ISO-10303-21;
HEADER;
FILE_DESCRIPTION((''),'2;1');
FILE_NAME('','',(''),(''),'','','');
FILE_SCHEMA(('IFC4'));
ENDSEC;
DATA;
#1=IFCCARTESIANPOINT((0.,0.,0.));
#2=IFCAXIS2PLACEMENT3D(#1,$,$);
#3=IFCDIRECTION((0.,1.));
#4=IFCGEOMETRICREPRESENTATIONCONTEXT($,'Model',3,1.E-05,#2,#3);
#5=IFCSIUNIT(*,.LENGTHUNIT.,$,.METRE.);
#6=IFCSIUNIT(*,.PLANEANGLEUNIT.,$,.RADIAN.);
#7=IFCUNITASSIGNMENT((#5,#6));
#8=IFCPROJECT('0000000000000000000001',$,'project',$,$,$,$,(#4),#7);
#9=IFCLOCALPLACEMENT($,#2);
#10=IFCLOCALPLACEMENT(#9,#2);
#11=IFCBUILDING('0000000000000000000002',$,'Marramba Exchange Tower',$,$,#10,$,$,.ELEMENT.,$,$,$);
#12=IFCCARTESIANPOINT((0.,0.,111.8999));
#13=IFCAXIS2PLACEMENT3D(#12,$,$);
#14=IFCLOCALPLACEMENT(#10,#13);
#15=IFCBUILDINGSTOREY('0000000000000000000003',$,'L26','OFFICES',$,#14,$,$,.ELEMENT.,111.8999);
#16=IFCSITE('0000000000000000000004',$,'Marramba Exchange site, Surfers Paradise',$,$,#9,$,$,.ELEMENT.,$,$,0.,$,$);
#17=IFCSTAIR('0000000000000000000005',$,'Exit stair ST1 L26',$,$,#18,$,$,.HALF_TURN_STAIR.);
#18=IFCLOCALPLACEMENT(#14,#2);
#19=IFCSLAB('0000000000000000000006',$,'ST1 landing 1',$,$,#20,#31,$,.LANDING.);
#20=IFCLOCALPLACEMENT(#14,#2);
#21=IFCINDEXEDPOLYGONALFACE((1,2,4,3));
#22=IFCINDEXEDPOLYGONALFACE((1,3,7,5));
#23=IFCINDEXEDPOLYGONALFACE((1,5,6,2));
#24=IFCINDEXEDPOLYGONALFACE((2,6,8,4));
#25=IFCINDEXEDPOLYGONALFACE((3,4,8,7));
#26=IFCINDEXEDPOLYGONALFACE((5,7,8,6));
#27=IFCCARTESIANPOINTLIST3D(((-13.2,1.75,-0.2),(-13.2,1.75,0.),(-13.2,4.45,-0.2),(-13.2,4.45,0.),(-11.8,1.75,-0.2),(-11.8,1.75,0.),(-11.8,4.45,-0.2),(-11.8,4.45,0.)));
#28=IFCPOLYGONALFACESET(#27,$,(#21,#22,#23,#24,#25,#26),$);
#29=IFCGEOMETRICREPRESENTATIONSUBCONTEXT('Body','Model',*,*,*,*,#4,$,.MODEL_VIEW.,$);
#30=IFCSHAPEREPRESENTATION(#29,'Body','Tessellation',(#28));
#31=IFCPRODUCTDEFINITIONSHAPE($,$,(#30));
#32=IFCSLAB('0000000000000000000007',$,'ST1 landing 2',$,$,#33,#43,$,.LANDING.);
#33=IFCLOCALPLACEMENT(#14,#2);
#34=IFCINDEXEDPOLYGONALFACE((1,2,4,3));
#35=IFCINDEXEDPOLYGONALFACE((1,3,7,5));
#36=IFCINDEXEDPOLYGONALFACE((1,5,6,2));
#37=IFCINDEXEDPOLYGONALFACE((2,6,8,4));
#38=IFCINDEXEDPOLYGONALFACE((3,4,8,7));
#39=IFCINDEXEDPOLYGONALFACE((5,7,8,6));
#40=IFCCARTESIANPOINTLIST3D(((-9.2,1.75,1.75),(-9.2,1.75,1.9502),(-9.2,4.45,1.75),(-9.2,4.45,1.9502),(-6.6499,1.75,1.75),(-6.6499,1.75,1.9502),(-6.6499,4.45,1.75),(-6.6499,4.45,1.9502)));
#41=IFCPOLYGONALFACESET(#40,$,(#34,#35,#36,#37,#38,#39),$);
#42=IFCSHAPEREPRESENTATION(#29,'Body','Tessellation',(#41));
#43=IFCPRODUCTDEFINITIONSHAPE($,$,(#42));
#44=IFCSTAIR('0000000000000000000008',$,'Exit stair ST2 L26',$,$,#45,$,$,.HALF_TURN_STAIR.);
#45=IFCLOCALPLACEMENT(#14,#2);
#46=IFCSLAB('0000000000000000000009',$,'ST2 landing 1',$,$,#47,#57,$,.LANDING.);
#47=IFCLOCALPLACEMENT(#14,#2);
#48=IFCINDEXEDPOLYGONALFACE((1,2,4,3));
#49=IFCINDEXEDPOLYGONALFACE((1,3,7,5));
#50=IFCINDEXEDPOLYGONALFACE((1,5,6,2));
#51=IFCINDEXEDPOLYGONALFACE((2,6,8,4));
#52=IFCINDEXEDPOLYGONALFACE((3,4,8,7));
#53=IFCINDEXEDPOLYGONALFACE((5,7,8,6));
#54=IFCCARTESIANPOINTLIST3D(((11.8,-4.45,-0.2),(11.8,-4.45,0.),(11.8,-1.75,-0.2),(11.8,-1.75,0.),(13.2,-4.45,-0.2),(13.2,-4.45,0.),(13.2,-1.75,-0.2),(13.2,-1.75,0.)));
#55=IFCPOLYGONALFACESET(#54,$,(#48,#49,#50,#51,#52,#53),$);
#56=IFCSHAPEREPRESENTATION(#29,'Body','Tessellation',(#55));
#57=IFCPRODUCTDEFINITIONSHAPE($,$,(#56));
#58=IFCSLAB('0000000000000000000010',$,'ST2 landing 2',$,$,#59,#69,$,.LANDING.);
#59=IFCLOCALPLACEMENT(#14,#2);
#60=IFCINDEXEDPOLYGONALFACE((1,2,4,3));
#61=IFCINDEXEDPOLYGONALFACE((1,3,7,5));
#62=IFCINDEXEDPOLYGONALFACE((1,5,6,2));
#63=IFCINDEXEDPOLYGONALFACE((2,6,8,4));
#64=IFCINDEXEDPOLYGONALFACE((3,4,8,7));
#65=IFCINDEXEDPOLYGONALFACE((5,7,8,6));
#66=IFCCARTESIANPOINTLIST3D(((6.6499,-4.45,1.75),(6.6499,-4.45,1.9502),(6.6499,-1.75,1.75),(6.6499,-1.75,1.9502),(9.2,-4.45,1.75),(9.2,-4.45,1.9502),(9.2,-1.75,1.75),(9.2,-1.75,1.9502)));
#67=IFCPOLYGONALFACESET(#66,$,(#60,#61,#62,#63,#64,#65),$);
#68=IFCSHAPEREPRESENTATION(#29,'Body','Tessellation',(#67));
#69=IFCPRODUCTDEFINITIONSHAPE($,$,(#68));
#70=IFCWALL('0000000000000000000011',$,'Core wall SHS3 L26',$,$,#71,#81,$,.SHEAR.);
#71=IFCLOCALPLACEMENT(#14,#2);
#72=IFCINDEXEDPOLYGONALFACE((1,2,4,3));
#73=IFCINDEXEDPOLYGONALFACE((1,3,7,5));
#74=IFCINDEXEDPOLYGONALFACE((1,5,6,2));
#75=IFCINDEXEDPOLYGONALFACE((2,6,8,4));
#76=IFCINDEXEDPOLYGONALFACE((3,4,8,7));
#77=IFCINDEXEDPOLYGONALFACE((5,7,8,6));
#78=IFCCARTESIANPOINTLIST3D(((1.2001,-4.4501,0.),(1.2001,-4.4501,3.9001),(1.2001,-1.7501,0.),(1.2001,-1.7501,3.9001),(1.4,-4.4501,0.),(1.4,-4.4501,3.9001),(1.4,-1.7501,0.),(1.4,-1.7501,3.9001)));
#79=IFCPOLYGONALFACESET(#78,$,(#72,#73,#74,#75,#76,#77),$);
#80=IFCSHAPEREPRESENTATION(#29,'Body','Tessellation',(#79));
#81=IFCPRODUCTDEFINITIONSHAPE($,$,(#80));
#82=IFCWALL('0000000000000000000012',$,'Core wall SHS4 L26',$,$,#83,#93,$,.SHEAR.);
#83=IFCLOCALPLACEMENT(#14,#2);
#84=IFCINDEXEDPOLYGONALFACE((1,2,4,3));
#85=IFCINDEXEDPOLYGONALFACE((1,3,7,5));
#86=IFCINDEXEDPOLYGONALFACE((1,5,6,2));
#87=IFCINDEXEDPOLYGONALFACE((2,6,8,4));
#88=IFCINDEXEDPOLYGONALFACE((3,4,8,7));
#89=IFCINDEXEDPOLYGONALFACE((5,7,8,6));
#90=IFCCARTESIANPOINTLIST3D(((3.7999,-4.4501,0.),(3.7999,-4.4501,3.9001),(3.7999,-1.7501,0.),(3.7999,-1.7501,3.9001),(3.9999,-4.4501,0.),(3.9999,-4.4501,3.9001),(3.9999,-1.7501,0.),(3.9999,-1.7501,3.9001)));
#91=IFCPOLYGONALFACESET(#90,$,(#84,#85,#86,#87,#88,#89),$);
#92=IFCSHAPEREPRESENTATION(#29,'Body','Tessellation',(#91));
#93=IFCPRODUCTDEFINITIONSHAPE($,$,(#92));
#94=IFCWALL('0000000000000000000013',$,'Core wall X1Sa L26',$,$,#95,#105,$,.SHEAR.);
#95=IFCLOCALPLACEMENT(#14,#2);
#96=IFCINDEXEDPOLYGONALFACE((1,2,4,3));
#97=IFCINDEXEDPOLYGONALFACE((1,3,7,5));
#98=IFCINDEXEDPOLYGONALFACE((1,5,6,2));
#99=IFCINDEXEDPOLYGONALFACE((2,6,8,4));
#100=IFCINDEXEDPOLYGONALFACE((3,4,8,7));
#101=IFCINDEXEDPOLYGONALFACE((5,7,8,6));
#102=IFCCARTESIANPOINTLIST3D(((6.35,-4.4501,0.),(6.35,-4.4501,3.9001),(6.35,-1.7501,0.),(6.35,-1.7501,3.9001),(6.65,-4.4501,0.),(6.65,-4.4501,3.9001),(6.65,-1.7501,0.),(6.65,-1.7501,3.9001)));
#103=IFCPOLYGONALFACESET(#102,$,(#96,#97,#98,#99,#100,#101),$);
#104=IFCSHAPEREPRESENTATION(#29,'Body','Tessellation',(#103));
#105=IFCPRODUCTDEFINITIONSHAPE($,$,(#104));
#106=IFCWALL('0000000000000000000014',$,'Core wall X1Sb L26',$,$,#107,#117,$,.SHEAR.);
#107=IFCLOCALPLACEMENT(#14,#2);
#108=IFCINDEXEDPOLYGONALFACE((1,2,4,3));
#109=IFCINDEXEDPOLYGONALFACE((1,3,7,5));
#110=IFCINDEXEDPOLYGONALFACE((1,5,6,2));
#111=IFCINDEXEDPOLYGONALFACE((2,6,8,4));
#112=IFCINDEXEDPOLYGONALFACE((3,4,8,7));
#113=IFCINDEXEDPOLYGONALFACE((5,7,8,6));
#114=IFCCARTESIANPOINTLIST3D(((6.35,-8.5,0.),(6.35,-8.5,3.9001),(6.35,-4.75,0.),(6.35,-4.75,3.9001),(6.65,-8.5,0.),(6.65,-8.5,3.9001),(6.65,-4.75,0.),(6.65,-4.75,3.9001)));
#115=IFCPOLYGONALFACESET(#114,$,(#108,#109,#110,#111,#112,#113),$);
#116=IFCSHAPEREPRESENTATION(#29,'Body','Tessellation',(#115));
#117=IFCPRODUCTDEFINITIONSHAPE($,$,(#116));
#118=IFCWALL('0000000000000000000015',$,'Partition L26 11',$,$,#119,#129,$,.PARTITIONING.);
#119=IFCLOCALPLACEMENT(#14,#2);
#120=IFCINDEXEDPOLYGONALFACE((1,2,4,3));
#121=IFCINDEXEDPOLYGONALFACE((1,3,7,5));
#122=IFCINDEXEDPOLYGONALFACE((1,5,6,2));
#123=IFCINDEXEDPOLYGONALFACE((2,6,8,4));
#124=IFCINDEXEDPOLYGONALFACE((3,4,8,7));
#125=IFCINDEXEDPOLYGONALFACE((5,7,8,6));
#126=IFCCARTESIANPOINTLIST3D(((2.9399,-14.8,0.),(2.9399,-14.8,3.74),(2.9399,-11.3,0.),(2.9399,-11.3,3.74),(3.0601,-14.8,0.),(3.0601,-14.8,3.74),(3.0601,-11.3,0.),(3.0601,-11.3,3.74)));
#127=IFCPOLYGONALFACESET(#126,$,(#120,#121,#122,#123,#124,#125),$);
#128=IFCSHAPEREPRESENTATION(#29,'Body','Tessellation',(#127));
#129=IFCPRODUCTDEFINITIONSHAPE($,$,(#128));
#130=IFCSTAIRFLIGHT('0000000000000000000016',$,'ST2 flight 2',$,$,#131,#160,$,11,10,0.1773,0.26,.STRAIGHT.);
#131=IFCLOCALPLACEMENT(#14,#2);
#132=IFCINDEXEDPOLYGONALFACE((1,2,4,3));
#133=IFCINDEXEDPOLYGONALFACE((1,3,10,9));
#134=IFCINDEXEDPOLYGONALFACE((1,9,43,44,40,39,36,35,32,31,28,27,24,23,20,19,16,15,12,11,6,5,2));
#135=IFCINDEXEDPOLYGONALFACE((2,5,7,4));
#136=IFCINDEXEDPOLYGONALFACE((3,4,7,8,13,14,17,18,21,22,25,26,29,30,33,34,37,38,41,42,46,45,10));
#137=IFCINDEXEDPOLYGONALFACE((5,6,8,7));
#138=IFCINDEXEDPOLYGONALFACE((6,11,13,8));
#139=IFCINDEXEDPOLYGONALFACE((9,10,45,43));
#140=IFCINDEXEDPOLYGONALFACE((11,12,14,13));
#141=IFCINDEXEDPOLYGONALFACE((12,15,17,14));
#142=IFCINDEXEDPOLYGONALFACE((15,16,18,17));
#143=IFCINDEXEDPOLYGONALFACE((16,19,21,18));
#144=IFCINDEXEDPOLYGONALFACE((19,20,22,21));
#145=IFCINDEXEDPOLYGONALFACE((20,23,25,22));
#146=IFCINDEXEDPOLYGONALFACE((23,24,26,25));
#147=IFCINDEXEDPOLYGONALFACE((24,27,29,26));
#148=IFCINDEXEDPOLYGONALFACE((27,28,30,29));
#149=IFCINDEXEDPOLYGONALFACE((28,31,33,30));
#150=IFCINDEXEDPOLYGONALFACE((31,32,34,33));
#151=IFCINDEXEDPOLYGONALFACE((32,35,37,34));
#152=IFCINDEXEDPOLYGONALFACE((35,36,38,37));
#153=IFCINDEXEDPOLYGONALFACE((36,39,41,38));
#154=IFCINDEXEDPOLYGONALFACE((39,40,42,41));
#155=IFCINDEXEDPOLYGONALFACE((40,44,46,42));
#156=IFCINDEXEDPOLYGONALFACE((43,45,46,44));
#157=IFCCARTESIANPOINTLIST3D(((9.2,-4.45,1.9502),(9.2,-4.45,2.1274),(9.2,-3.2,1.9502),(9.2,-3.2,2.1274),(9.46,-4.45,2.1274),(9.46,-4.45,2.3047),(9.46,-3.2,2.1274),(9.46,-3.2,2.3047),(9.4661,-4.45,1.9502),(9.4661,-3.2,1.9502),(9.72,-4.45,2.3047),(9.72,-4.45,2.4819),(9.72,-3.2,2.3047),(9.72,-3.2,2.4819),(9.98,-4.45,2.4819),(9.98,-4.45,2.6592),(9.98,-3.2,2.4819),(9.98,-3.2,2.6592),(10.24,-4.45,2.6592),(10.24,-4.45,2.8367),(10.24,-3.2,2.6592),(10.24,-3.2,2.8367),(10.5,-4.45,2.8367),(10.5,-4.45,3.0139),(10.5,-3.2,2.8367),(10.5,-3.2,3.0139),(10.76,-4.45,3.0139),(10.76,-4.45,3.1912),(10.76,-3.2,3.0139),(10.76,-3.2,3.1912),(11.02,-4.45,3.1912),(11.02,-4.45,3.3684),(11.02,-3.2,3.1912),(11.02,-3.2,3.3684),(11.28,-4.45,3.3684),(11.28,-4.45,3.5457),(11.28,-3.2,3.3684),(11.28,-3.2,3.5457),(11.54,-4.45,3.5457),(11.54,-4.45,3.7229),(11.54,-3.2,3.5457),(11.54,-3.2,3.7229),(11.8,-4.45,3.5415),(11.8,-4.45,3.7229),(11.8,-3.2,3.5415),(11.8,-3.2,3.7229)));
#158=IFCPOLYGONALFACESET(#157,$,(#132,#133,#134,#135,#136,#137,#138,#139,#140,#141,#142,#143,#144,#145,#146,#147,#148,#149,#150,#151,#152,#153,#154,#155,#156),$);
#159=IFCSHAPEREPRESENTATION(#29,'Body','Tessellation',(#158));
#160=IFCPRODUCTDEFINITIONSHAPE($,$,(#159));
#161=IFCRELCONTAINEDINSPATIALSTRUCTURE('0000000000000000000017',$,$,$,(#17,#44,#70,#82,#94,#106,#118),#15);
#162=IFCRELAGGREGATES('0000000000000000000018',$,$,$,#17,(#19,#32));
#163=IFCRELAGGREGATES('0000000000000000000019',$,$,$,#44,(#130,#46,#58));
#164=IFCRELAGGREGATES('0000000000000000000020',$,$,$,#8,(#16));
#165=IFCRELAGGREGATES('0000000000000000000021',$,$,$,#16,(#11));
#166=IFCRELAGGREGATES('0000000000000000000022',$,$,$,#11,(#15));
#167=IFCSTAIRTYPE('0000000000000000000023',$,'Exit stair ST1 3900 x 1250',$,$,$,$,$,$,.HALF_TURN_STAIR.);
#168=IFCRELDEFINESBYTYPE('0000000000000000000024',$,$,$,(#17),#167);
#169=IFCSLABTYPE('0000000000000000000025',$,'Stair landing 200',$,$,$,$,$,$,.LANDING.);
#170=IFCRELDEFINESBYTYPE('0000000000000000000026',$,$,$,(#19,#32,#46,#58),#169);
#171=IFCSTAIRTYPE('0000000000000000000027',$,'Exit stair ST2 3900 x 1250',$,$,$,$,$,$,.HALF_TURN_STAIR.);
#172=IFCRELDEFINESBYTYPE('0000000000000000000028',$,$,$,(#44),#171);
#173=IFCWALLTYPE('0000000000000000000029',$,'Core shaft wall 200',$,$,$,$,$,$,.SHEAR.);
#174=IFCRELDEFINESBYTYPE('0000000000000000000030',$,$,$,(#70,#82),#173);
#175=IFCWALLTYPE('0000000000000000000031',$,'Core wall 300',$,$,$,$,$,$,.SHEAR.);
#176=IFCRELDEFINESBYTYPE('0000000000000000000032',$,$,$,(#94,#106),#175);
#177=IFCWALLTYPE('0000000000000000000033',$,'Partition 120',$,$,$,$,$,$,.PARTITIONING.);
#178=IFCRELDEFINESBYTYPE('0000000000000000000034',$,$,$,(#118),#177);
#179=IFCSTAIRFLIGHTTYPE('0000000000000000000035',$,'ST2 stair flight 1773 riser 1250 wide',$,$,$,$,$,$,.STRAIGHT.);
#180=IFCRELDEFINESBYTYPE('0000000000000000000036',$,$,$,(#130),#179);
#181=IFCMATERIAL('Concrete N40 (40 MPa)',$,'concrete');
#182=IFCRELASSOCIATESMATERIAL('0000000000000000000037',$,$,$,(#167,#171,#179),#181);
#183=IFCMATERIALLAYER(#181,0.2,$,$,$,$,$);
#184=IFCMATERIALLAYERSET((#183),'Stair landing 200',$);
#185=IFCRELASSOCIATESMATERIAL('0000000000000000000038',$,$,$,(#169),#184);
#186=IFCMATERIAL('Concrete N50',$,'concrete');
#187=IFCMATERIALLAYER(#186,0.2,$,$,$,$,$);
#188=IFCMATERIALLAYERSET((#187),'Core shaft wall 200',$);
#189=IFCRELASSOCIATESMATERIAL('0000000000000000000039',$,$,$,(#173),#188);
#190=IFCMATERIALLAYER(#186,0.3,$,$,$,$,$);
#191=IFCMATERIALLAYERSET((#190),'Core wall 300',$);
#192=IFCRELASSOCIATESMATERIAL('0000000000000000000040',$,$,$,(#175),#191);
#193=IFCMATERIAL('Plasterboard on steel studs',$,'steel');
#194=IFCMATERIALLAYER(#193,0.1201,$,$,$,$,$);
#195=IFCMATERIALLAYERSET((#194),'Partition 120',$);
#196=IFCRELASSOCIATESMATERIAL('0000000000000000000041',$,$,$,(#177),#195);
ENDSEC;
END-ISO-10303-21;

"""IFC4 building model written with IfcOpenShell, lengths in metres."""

from ifc_helpers import new_model, si_unit, direction, frame, frame_2d, origin, place, context, subcontext, project, spatial, polyline, rectangle, outline, extrude, material, layer, layer_set, type_object, element, aggregate, save


model = new_model("IFC4")

# Units and contexts
model_context = context("Model", 3, precision=1e-05, world=origin(), true_north=direction((0.0, 1.0)))
body_context = subcontext(model_context, "Body", "Model", "MODEL_VIEW")
ifc_project = project(units=[si_unit("LENGTHUNIT", "METRE"), si_unit("PLANEANGLEUNIT", "RADIAN")], contexts=[model_context])

# Site, building, storey
site_placement = place(None, origin())
site = spatial("IfcSite", under=ifc_project, at=site_placement, Name="Marramba Exchange site, Surfers Paradise", CompositionType="ELEMENT", RefElevation=0.0)
building_placement = place(site_placement, origin())
building = spatial("IfcBuilding", under=site, at=building_placement, Name="Marramba Exchange Tower", CompositionType="ELEMENT")
storey_placement = place(building_placement, frame((0.0, 0.0, 111.8999)))
storey = spatial("IfcBuildingStorey", under=building, at=storey_placement, Name="L26", Description="OFFICES", CompositionType="ELEMENT", Elevation=111.8999)

# Stairs, slabs
ifc_material_1 = material(Name="Concrete N40 (40 MPa)", Category="concrete")
stair_type_1 = type_object("IfcStairType", Name="Exit stair ST1 3900 x 1250", PredefinedType="HALF_TURN_STAIR", material=ifc_material_1)
stair_1_placement = place(storey_placement, origin())
stair_1 = element("IfcStair", 1, at=stair_1_placement, inside=storey, type_object=stair_type_1, Name="Exit stair ST1 L26", PredefinedType="HALF_TURN_STAIR")
ifc_layer_1 = layer(ifc_material_1, 0.2)
ifc_layer_set_1 = layer_set([ifc_layer_1], Name="Stair landing 200")
slab_type = type_object("IfcSlabType", Name="Stair landing 200", PredefinedType="LANDING", material=ifc_layer_set_1)
slab_1_placement = place(storey_placement, frame((0.0, 0.0, -0.2)))
slab_1 = element("IfcSlab", 2, at=slab_1_placement, type_object=slab_type, Name="ST1 landing 1", PredefinedType="LANDING", context=body_context, shape_type="SweptSolid", body=[
    extrude(outline(polyline([(-13.2, 1.75), (-11.8, 1.75), (-11.8, 4.45), (-13.2, 4.45), (-13.2, 1.75)])), origin(), (0.0, 0.0, 1.0), 0.2),
])
slab_2_placement = place(storey_placement, frame((0.0, 0.0, 1.75)))
slab_2 = element("IfcSlab", 3, at=slab_2_placement, type_object=slab_type, Name="ST1 landing 2", PredefinedType="LANDING", context=body_context, shape_type="SweptSolid", body=[
    extrude(outline(polyline([(-9.2, 1.75), (-6.6499, 1.75), (-6.6499, 4.45), (-9.2, 4.45), (-9.2, 1.75)])), origin(), (0.0, 0.0, 1.0), 0.2002),
])
aggregate(stair_1, [slab_1, slab_2])
stair_type_2 = type_object("IfcStairType", Name="Exit stair ST2 3900 x 1250", PredefinedType="HALF_TURN_STAIR", material=ifc_material_1)
stair_2_placement = place(storey_placement, origin())
stair_2 = element("IfcStair", 4, at=stair_2_placement, inside=storey, type_object=stair_type_2, Name="Exit stair ST2 L26", PredefinedType="HALF_TURN_STAIR")
slab_3_placement = place(storey_placement, frame((0.0, 0.0, -0.2)))
slab_3 = element("IfcSlab", 5, at=slab_3_placement, type_object=slab_type, Name="ST2 landing 1", PredefinedType="LANDING", context=body_context, shape_type="SweptSolid", body=[
    extrude(outline(polyline([(11.8, -4.45), (13.2, -4.45), (13.2, -1.75), (11.8, -1.75), (11.8, -4.45)])), origin(), (0.0, 0.0, 1.0), 0.2),
])
slab_4_placement = place(storey_placement, frame((0.0, 0.0, 1.75)))
slab_4 = element("IfcSlab", 6, at=slab_4_placement, type_object=slab_type, Name="ST2 landing 2", PredefinedType="LANDING", context=body_context, shape_type="SweptSolid", body=[
    extrude(outline(polyline([(6.6499, -4.45), (9.2, -4.45), (9.2, -1.75), (6.6499, -1.75), (6.6499, -4.45)])), origin(), (0.0, 0.0, 1.0), 0.2002),
])

# Walls
ifc_material_2 = material(Name="Concrete N50", Category="concrete")
ifc_layer_2 = layer(ifc_material_2, 0.2)
ifc_layer_set_2 = layer_set([ifc_layer_2], Name="Core shaft wall 200")
wall_type_1 = type_object("IfcWallType", Name="Core shaft wall 200", PredefinedType="SHEAR", material=ifc_layer_set_2)
for number, where, z_axis, x_axis, name in (
    (7, (1.3, -1.75, 0.0), (0.0, 0.0, 1.0), (0.0, -1.0, 0.0), "Core wall SHS3 L26"),
    (8, (3.8999, -1.75, 0.0), (0.0, 0.0, 1.0), (0.0, -1.0, 0.0), "Core wall SHS4 L26"),
):
    element("IfcWall", number, at=place(storey_placement, frame(where, z_axis=z_axis, x_axis=x_axis)), inside=storey, type_object=wall_type_1, Name=name, PredefinedType="SHEAR", context=body_context, shape_type="SweptSolid", body=[
        extrude(rectangle(XDim=2.7, YDim=0.2, at=frame_2d((1.3501, 0.0))), origin(), (0.0, 0.0, 1.0), 3.9001),
    ])
ifc_layer_3 = layer(ifc_material_2, 0.3)
ifc_layer_set_3 = layer_set([ifc_layer_3], Name="Core wall 300")
wall_type_2 = type_object("IfcWallType", Name="Core wall 300", PredefinedType="SHEAR", material=ifc_layer_set_3)
wall_1_placement = place(storey_placement, frame((6.5, -1.75, 0.0), z_axis=(0.0, 0.0, 1.0), x_axis=(0.0, -1.0, 0.0)))
element("IfcWall", 9, at=wall_1_placement, inside=storey, type_object=wall_type_2, Name="Core wall X1Sa L26", PredefinedType="SHEAR", context=body_context, shape_type="SweptSolid", body=[
    extrude(rectangle(XDim=2.7, YDim=0.3, at=frame_2d((1.3501, 0.0))), origin(), (0.0, 0.0, 1.0), 3.9001),
])
wall_2_placement = place(storey_placement, frame((6.5, -4.75, 0.0), z_axis=(0.0, 0.0, 1.0), x_axis=(0.0, -1.0, 0.0)))
element("IfcWall", 10, at=wall_2_placement, inside=storey, type_object=wall_type_2, Name="Core wall X1Sb L26", PredefinedType="SHEAR", context=body_context, shape_type="SweptSolid", body=[
    extrude(rectangle(XDim=3.75, YDim=0.3, at=frame_2d((1.875, 0.0))), origin(), (0.0, 0.0, 1.0), 3.9001),
])
ifc_material_3 = material(Name="Plasterboard on steel studs", Category="steel")
ifc_layer_4 = layer(ifc_material_3, 0.1201)
ifc_layer_set_4 = layer_set([ifc_layer_4], Name="Partition 120")
wall_type_3 = type_object("IfcWallType", Name="Partition 120", PredefinedType="PARTITIONING", material=ifc_layer_set_4)
wall_3_placement = place(storey_placement, frame((3.0, -11.3, 0.0), z_axis=(0.0, 0.0, 1.0), x_axis=(0.0, -1.0, 0.0)))
element("IfcWall", 11, at=wall_3_placement, inside=storey, type_object=wall_type_3, Name="Partition L26 11", PredefinedType="PARTITIONING", context=body_context, shape_type="SweptSolid", body=[
    extrude(rectangle(XDim=3.5, YDim=0.1201, at=frame_2d((1.75, 0.0))), origin(), (0.0, 0.0, 1.0), 3.74),
])

# Stair flight
stair_flight_type = type_object("IfcStairFlightType", Name="ST2 stair flight 1773 riser 1250 wide", PredefinedType="STRAIGHT", material=ifc_material_1)
stair_flight_placement = place(storey_placement, frame((9.2, -3.825, 1.9502), z_axis=(0.0, 0.0, 1.0), x_axis=(1.0, 0.0, 0.0)))
stair_flight = element("IfcStairFlight", 12, at=stair_flight_placement, type_object=stair_flight_type, Name="ST2 flight 2", NumberOfRisers=11, NumberOfTreads=10, PredefinedType="STRAIGHT", RiserHeight=0.1773, TreadLength=0.26, context=body_context, shape_type="SweptSolid", body=[
    extrude(outline(polyline([(0.0, 0.0), (0.0, 0.1772), (0.26, 0.1772), (0.26, 0.3545), (0.52, 0.3545), (0.52, 0.5317), (0.78, 0.5317), (0.78, 0.709), (1.04, 0.709), (1.04, 0.8865), (1.3, 0.8865), (1.3, 1.0637), (1.5601, 1.0637), (1.5601, 1.241), (1.8201, 1.241), (1.8201, 1.4182), (2.0801, 1.4182), (2.0801, 1.5955), (2.3401, 1.5955), (2.3401, 1.7727), (2.6001, 1.7727), (2.6001, 1.95), (2.6001, 1.5913), (0.2661, 0.0), (0.0, 0.0)])), frame((0.0, 0.625, 0.0), z_axis=(0.0, -1.0, 0.0), x_axis=(1.0, 0.0, 0.0)), (0.0, 0.0, 1.0), 1.25),
])
aggregate(stair_2, [stair_flight, slab_3, slab_4])

save(model, "model.ifc")
